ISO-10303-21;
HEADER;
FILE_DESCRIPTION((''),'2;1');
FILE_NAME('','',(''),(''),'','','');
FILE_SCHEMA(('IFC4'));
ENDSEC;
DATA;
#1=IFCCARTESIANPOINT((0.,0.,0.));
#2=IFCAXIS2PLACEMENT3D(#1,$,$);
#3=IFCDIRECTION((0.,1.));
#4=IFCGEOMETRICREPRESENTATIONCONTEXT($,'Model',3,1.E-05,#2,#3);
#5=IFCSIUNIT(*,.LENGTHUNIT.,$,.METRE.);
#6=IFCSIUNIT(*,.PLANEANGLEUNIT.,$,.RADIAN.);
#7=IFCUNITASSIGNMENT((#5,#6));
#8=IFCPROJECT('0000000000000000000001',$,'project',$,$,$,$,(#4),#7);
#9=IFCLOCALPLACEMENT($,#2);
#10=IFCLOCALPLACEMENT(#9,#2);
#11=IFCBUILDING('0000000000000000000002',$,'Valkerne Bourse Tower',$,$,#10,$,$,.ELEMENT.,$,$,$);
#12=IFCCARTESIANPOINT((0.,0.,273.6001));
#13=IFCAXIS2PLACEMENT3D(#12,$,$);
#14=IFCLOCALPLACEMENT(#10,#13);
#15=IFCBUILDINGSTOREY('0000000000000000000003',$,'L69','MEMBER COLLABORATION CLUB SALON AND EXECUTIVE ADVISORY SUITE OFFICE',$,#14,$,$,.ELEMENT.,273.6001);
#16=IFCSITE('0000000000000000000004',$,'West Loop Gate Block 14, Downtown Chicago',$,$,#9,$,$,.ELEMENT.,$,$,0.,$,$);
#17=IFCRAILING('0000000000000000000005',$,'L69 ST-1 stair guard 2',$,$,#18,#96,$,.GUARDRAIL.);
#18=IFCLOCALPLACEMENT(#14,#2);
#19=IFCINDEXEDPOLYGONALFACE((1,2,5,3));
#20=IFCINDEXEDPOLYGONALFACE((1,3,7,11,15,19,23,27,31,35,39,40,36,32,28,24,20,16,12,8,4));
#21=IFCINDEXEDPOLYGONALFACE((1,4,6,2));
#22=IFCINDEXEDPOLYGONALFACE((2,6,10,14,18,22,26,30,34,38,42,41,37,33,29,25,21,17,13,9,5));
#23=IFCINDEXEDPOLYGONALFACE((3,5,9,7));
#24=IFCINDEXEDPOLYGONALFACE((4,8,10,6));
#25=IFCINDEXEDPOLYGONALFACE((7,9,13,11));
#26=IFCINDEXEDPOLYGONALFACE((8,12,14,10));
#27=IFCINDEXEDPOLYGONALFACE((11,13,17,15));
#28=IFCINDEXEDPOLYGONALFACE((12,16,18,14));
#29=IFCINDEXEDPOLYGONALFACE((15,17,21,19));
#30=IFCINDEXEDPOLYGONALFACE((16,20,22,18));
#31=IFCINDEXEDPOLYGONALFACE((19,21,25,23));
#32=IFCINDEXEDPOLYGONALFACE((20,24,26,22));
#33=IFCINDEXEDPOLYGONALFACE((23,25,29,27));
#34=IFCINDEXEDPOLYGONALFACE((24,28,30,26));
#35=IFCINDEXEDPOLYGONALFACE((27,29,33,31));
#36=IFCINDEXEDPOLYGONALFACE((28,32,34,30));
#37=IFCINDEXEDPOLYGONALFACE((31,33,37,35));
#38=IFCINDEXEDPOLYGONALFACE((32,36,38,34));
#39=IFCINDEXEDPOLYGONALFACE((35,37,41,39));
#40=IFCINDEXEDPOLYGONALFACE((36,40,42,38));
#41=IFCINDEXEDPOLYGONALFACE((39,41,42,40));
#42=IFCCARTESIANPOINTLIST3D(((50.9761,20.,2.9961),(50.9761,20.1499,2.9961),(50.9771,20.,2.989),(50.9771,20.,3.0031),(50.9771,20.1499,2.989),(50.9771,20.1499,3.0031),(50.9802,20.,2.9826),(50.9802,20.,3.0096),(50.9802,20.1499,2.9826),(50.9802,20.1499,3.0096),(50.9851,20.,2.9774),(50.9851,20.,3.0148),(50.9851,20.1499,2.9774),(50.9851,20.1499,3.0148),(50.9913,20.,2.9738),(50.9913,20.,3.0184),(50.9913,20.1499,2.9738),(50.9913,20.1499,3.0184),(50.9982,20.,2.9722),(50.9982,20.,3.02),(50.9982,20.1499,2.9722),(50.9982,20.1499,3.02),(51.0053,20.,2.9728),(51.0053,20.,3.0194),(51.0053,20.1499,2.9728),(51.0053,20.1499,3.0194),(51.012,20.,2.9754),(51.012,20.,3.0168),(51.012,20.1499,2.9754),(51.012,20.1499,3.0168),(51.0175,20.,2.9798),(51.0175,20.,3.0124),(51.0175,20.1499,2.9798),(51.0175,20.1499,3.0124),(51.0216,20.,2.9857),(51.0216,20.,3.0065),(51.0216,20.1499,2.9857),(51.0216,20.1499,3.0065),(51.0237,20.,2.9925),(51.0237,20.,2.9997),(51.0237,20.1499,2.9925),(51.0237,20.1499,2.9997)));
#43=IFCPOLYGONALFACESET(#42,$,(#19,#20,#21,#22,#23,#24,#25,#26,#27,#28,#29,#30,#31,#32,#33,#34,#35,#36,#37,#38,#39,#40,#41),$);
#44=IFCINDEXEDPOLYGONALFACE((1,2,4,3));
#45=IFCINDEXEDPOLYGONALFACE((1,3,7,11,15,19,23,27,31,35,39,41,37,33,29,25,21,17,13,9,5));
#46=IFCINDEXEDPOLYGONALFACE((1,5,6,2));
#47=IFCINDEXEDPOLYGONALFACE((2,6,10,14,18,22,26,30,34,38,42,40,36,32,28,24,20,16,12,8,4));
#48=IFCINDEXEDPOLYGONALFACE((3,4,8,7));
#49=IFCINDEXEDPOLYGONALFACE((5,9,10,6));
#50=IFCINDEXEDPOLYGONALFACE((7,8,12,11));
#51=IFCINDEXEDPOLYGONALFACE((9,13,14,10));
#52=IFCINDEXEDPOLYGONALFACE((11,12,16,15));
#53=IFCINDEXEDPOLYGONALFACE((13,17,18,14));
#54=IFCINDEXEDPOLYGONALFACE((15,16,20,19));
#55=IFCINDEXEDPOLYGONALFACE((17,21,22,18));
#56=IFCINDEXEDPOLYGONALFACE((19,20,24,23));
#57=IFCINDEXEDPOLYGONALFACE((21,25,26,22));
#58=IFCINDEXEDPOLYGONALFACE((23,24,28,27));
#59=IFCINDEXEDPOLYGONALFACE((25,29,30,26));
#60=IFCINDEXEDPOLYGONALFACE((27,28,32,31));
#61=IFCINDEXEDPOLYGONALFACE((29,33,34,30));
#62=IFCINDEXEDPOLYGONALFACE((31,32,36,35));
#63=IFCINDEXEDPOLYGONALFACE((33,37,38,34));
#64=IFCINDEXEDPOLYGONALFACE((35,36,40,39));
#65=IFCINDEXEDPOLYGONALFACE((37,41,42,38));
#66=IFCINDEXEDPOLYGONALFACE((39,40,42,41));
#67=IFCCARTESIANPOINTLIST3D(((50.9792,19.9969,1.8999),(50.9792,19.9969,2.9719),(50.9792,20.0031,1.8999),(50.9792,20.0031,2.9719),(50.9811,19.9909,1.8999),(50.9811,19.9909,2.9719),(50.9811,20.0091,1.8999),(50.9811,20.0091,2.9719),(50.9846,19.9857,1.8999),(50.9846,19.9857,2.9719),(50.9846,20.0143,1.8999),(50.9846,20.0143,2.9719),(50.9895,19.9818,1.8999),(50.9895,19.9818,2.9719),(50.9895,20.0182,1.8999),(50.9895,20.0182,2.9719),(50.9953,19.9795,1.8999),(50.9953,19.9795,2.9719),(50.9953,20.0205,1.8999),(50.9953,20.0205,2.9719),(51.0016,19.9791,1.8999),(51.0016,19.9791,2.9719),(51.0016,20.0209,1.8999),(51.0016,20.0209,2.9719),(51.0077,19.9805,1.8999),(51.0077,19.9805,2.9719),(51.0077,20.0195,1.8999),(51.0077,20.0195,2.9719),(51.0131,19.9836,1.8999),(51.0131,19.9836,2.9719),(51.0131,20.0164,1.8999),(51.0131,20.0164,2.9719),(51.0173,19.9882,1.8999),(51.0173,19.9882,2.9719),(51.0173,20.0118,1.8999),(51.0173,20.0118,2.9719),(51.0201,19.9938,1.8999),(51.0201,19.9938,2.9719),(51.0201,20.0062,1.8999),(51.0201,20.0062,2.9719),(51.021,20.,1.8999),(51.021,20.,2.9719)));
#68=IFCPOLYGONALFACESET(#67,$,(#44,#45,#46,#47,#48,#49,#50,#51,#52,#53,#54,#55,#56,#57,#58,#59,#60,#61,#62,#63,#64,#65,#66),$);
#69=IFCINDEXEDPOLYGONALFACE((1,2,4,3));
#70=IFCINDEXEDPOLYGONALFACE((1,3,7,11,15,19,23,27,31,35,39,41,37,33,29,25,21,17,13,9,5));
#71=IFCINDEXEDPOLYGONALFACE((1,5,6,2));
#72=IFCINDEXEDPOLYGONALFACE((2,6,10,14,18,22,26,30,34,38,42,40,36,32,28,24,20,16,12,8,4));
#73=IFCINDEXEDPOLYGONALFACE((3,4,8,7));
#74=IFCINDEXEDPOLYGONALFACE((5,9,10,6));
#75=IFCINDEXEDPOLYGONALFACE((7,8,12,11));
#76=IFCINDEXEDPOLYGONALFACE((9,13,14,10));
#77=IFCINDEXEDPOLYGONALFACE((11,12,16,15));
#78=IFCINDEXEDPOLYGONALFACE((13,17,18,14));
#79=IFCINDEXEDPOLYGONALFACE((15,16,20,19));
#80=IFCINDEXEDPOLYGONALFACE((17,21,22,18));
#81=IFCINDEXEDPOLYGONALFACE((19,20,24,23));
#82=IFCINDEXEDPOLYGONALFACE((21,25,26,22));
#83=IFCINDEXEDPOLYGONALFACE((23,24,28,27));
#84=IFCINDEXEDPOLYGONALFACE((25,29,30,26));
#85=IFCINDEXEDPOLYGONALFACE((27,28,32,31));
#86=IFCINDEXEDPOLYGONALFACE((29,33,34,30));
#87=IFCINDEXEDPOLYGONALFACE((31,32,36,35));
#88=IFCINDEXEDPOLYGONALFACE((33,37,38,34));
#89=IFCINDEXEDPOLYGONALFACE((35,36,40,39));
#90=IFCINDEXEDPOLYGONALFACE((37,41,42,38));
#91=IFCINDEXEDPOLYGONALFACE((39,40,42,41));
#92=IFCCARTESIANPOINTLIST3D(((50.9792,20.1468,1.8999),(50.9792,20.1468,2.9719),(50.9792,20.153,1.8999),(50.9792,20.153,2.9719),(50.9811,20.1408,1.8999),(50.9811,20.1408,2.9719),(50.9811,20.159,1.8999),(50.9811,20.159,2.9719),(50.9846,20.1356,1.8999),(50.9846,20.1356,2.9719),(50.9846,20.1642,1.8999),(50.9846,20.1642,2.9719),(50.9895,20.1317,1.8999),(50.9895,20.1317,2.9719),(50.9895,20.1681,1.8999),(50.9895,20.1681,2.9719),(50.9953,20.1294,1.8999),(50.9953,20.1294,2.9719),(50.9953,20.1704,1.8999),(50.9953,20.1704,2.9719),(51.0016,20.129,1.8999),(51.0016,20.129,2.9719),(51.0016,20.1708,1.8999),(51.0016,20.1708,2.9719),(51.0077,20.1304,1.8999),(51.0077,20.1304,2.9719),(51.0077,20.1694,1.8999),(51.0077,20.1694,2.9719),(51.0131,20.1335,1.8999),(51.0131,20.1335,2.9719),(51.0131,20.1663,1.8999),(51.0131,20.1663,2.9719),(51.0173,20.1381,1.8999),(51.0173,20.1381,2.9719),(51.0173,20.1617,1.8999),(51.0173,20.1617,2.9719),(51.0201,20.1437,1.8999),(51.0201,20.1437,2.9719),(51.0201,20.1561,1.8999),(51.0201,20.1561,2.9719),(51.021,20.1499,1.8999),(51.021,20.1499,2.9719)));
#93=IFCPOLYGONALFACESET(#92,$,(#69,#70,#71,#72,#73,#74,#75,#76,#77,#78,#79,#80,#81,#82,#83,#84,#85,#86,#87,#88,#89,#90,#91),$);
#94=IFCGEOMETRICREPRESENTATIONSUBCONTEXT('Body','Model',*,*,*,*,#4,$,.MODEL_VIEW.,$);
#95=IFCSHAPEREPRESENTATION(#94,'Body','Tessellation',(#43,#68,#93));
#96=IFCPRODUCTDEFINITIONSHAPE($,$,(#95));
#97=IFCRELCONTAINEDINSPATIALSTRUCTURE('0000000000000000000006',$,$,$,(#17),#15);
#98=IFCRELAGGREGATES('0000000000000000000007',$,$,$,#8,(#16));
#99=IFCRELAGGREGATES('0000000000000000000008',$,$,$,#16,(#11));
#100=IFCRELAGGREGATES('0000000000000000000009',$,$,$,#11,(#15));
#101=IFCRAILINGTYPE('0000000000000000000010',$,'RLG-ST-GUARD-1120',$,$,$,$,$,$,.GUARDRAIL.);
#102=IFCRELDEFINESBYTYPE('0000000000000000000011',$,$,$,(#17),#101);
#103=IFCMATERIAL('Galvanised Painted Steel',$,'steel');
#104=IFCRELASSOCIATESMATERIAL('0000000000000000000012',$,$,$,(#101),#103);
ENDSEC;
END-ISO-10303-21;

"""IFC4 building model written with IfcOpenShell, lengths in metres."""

from ifc_helpers import new_model, si_unit, direction, frame, origin, origin_2d, place, context, subcontext, project, spatial, circle, extrude, material, type_object, element, save


model = new_model("IFC4")

# Units and contexts
model_context = context("Model", 3, precision=1e-05, world=origin(), true_north=direction((0.0, 1.0)))
body_context = subcontext(model_context, "Body", "Model", "MODEL_VIEW")
ifc_project = project(units=[si_unit("LENGTHUNIT", "METRE"), si_unit("PLANEANGLEUNIT", "RADIAN")], contexts=[model_context])

# Site, building, storey
site_placement = place(None, origin())
site = spatial("IfcSite", under=ifc_project, at=site_placement, Name="West Loop Gate Block 14, Downtown Chicago", CompositionType="ELEMENT", RefElevation=0.0)
building_placement = place(site_placement, origin())
building = spatial("IfcBuilding", under=site, at=building_placement, Name="Valkerne Bourse Tower", CompositionType="ELEMENT")
storey_placement = place(building_placement, frame((0.0, 0.0, 273.6001)))
storey = spatial("IfcBuildingStorey", under=building, at=storey_placement, Name="L69", Description="MEMBER COLLABORATION CLUB SALON AND EXECUTIVE ADVISORY SUITE OFFICE", CompositionType="ELEMENT", Elevation=273.6001)

# Shared definitions
ifc_material_1 = material(Name="Galvanised Painted Steel", Category="steel")

# Railing
railing_type_1 = type_object("IfcRailingType", Name="RLG-ST-GUARD-1120", PredefinedType="GUARDRAIL", material=ifc_material_1)
railing_1_placement = place(storey_placement, frame((51.0, 20.0, 1.8999)))
element("IfcRailing", 1, at=railing_1_placement, inside=storey, type_object=railing_type_1, Name="L69 ST-1 stair guard 2", PredefinedType="GUARDRAIL", context=body_context, shape_type="SweptSolid", body=[
    extrude(circle(Radius=0.0239, at=origin_2d()), frame((0.0, 0.0, 1.0962), z_axis=(0.0, 1.0, 0.0), x_axis=(-1.0, 0.0, 0.0)), (0.0, 0.0, 1.0), 0.1499),
    extrude(circle(Radius=0.021, at=origin_2d()), origin(), (0.0, 0.0, 1.0), 1.072),
    extrude(circle(Radius=0.021, at=origin_2d()), frame((0.0, 0.1499, 0.0)), (0.0, 0.0, 1.0), 1.072),
])

save(model, "model.ifc")
